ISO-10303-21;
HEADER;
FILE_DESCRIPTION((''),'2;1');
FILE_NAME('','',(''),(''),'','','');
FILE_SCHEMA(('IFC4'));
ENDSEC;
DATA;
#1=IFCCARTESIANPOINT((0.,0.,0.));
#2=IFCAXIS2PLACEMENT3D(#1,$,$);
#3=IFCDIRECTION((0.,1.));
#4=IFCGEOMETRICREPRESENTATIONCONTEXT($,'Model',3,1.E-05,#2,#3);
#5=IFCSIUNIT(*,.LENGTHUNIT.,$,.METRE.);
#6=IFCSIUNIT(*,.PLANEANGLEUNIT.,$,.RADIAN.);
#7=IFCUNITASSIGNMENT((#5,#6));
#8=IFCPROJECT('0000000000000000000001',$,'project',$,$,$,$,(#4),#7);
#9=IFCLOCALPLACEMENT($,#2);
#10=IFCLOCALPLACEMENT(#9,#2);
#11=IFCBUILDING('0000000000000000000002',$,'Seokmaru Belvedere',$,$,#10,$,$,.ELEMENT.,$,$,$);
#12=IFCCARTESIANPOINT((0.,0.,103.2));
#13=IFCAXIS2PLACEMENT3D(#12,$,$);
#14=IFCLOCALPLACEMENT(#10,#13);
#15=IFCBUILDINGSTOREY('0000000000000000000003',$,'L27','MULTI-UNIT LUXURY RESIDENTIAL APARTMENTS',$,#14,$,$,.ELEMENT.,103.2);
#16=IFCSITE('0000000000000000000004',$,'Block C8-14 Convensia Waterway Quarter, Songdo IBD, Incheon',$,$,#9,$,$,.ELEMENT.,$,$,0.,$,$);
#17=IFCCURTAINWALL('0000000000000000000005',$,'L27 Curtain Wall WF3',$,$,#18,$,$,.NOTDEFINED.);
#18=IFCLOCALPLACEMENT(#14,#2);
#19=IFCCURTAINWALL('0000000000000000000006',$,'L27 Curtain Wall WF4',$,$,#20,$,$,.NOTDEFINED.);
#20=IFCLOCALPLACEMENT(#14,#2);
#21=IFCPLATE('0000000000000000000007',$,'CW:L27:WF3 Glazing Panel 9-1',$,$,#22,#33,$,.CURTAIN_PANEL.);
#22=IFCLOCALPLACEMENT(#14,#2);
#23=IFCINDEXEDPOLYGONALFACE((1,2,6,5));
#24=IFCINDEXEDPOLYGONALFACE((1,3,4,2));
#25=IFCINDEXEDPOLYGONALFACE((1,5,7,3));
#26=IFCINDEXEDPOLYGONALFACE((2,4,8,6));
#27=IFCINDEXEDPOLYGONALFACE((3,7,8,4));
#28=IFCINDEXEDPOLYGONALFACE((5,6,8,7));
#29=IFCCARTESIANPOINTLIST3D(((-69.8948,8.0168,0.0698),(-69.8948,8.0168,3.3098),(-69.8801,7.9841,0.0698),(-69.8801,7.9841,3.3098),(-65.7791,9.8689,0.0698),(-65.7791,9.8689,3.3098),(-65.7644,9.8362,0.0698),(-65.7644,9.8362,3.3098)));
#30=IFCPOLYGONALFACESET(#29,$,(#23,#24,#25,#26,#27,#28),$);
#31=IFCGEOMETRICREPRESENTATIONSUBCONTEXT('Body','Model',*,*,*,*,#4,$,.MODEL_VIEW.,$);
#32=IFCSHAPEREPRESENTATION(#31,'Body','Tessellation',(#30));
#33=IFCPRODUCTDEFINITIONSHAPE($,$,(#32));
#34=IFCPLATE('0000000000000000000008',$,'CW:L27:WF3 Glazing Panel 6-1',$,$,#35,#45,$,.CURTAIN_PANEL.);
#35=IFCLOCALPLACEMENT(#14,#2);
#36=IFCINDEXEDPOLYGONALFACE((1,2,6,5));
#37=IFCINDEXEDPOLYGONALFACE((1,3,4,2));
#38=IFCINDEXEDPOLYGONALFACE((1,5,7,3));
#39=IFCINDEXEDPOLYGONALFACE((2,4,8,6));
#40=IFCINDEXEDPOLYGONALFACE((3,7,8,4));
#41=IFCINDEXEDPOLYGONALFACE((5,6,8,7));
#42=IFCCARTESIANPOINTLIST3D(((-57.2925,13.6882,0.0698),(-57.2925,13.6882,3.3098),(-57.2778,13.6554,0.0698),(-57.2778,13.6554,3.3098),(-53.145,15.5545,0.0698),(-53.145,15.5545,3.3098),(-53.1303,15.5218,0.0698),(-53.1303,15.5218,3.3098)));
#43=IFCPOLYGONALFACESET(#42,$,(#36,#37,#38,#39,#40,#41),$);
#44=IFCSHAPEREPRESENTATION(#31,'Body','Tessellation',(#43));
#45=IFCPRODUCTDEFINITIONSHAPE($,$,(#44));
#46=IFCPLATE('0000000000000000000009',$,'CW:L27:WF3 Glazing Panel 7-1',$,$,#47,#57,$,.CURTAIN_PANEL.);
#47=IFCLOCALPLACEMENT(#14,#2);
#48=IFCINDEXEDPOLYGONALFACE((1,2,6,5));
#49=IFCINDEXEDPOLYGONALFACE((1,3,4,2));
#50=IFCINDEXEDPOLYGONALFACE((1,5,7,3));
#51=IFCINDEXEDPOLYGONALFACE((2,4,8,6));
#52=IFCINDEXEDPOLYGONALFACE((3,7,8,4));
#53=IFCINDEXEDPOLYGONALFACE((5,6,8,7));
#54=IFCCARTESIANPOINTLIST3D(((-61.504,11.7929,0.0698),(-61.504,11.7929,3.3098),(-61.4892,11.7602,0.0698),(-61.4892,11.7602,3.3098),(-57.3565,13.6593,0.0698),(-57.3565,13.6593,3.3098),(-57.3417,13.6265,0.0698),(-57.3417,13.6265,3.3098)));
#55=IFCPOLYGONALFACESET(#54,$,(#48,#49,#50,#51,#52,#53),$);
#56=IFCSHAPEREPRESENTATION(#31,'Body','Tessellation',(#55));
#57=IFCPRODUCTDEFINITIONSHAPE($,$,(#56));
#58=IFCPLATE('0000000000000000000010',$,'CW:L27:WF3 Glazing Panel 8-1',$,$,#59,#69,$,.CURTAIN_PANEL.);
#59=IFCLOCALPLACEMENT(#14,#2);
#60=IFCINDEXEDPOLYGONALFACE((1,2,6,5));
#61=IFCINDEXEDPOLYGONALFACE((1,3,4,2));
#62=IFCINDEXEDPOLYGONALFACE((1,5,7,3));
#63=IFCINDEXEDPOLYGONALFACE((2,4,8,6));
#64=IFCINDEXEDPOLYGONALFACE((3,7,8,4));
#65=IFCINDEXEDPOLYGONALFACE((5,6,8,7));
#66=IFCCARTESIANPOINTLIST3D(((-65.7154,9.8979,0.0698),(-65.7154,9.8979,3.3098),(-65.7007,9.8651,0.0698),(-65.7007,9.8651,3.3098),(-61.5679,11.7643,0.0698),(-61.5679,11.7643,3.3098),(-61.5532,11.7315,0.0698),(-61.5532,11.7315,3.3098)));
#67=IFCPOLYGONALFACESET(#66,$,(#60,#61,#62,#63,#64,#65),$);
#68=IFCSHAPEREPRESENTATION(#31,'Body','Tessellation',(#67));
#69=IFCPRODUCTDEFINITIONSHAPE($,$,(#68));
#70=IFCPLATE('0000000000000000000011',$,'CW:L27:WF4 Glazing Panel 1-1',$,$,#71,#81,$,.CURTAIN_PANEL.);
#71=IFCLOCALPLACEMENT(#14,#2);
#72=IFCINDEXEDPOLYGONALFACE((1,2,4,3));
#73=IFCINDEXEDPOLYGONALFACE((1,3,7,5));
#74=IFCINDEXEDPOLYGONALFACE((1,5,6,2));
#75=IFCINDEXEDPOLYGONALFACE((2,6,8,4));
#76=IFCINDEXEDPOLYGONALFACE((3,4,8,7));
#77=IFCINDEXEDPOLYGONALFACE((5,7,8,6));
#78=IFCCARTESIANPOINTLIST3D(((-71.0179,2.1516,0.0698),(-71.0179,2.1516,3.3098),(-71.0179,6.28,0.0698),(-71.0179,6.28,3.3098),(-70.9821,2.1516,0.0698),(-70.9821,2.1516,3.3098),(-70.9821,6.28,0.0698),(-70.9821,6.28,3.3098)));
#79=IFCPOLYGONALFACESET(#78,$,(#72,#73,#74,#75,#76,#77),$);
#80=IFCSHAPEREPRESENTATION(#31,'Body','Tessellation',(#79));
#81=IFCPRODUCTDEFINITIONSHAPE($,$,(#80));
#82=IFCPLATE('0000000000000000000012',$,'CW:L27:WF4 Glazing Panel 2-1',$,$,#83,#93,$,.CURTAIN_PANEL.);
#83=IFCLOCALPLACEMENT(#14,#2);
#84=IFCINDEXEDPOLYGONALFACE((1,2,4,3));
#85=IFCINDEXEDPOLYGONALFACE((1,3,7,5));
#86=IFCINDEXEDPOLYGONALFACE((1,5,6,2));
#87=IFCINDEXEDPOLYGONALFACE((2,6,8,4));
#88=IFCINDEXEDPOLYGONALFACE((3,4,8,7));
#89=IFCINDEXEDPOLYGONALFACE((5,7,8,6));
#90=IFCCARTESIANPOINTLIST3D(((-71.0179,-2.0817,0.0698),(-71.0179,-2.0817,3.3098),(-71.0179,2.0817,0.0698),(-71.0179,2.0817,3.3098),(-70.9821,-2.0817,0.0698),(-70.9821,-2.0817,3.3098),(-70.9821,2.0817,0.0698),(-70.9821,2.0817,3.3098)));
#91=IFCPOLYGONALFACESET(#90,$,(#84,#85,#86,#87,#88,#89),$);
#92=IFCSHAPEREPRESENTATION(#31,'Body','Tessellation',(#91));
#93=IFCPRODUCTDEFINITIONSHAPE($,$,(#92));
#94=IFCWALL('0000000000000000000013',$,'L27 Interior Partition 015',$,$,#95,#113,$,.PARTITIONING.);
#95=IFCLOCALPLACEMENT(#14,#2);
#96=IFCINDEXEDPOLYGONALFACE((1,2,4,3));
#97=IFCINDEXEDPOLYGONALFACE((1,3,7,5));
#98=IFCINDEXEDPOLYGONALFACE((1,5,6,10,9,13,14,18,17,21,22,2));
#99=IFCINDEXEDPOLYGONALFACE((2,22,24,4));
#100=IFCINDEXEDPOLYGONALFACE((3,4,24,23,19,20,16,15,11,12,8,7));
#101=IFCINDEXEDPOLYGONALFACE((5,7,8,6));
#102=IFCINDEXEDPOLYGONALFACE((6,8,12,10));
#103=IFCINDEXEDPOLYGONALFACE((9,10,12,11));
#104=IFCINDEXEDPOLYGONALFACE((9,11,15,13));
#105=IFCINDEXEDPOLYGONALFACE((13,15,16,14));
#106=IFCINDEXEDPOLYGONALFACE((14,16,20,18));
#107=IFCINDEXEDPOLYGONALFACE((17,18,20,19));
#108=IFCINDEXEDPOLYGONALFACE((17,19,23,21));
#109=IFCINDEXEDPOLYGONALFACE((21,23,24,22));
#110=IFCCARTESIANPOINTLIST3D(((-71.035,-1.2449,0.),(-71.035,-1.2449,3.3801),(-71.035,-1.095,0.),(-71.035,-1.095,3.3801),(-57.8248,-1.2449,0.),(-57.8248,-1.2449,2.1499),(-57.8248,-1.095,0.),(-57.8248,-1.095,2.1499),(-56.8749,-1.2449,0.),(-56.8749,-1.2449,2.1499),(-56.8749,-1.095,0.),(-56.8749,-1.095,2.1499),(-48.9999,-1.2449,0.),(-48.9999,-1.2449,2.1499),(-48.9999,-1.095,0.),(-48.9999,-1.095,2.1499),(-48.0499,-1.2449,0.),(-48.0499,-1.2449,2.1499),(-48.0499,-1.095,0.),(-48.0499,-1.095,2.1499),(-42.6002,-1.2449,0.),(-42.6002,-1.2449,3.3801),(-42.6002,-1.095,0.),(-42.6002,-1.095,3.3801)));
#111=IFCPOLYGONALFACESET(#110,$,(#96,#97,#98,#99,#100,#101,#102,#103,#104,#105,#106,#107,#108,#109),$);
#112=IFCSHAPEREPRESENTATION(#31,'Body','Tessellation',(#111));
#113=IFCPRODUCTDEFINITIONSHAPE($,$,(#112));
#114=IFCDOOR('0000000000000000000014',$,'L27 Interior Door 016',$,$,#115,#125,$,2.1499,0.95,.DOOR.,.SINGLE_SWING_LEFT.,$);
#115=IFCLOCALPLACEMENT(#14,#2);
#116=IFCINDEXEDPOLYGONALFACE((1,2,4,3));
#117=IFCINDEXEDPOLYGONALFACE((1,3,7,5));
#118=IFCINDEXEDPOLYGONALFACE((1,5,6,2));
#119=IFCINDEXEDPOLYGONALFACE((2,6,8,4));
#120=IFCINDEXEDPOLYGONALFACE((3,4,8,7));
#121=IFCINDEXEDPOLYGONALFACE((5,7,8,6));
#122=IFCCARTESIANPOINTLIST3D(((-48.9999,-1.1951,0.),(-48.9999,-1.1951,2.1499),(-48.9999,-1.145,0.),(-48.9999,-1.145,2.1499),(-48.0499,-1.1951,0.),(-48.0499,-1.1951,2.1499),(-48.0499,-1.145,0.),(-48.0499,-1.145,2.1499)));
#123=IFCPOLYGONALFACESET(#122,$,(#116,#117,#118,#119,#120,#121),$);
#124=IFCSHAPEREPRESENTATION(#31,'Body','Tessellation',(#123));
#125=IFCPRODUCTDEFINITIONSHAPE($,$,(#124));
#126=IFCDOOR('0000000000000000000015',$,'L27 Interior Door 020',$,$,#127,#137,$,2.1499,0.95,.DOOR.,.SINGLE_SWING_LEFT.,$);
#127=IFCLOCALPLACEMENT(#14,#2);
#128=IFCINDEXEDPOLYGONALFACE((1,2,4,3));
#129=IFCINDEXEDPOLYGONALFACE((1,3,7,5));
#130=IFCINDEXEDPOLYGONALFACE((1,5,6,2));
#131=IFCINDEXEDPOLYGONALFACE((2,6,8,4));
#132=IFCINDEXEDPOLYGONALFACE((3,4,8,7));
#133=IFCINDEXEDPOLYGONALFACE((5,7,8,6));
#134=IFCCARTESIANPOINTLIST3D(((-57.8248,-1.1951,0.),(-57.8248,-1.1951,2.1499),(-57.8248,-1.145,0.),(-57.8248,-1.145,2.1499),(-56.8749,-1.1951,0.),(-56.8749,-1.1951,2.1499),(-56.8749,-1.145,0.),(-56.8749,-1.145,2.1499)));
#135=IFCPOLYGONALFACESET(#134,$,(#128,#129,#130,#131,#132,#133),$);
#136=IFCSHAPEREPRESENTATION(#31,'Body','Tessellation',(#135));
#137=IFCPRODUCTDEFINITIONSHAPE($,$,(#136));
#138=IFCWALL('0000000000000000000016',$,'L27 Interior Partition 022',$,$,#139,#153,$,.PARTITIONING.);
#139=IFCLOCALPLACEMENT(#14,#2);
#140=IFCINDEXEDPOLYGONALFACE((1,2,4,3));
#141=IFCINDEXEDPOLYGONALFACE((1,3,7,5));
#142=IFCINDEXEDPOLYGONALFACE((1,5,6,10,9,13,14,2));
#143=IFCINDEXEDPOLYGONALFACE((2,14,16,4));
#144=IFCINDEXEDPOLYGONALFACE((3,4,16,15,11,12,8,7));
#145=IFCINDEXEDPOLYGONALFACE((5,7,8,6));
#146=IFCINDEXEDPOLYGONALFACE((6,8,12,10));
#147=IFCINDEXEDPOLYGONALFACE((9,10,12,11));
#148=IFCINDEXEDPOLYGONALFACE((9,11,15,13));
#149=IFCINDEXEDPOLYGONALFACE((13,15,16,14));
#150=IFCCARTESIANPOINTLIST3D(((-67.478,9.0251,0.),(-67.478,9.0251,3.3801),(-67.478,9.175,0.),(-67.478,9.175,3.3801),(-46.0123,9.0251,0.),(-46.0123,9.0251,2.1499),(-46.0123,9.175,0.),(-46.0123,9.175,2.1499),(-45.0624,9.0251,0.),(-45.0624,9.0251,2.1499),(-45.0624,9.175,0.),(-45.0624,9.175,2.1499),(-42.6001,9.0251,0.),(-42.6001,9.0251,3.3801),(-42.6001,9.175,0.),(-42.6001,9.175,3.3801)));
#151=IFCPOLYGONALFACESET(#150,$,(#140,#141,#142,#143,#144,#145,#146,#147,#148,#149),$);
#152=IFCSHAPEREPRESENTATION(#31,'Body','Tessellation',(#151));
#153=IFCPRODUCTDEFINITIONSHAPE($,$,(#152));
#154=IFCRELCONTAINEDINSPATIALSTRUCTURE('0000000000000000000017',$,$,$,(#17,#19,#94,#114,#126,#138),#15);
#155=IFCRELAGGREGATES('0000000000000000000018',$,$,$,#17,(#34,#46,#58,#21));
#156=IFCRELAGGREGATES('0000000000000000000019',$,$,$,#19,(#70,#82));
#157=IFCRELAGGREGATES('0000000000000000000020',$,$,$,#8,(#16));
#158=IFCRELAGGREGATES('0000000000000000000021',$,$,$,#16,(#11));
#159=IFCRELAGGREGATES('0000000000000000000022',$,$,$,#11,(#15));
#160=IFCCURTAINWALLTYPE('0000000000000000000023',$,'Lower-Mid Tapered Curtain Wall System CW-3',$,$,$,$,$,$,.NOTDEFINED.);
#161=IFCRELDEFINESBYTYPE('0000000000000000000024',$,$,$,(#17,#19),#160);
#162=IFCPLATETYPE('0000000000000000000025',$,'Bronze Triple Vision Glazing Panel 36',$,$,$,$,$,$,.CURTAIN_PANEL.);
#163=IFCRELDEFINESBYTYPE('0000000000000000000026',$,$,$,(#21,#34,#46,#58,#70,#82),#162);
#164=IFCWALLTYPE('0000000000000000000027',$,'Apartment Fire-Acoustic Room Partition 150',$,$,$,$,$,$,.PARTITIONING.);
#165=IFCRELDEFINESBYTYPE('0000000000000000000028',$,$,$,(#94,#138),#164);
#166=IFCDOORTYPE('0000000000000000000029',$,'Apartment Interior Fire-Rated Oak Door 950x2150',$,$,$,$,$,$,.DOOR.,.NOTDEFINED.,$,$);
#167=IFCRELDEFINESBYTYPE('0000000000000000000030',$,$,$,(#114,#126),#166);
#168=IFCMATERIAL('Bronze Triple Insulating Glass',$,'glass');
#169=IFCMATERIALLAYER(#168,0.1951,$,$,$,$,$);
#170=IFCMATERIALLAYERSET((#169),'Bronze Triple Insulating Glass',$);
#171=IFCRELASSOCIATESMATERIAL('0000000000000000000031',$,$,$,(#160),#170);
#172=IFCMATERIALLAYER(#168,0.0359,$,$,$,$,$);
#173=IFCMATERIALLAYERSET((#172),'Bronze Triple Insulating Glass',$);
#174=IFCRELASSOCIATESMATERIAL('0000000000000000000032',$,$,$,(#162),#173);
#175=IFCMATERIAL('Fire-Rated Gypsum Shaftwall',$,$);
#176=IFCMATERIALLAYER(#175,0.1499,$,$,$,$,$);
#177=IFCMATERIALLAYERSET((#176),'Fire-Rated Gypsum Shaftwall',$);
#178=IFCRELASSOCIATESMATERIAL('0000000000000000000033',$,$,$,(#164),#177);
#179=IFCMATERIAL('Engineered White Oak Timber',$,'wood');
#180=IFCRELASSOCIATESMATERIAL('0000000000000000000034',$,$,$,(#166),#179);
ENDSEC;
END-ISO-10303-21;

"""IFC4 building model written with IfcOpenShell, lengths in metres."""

from ifc_helpers import new_model, si_unit, direction, frame, frame_2d, origin, origin_2d, place, context, subcontext, project, spatial, rectangle, extrude, source, transform, mapped, material, layer, layer_set, type_object, type_shapes, element, fill, aggregate, save


model = new_model("IFC4")

# Units and contexts
model_context = context("Model", 3, precision=1e-05, world=origin(), true_north=direction((0.0, 1.0)))
body_context = subcontext(model_context, "Body", "Model", "MODEL_VIEW")
ifc_project = project(units=[si_unit("LENGTHUNIT", "METRE"), si_unit("PLANEANGLEUNIT", "RADIAN")], contexts=[model_context])

# Site, building, storey
site_placement = place(None, origin())
site = spatial("IfcSite", under=ifc_project, at=site_placement, Name="Block C8-14 Convensia Waterway Quarter, Songdo IBD, Incheon", CompositionType="ELEMENT", RefElevation=0.0)
building_placement = place(site_placement, origin())
building = spatial("IfcBuilding", under=site, at=building_placement, Name="Seokmaru Belvedere", CompositionType="ELEMENT")
storey_placement = place(building_placement, frame((0.0, 0.0, 103.2)))
storey = spatial("IfcBuildingStorey", under=building, at=storey_placement, Name="L27", Description="MULTI-UNIT LUXURY RESIDENTIAL APARTMENTS", CompositionType="ELEMENT", Elevation=103.2)

# Curtain walls
ifc_material_1 = material(Name="Bronze Triple Insulating Glass", Category="glass")
ifc_layer_1 = layer(ifc_material_1, 0.1951)
ifc_layer_set_1 = layer_set([ifc_layer_1], Name="Bronze Triple Insulating Glass")
curtain_wall_type = type_object("IfcCurtainWallType", Name="Lower-Mid Tapered Curtain Wall System CW-3", PredefinedType="NOTDEFINED", material=ifc_layer_set_1)
curtain_wall_1_placement = place(storey_placement, origin())
curtain_wall_1 = element("IfcCurtainWall", 1, at=curtain_wall_1_placement, inside=storey, type_object=curtain_wall_type, Name="L27 Curtain Wall WF3", PredefinedType="NOTDEFINED")
curtain_wall_2_placement = place(storey_placement, origin())
curtain_wall_2 = element("IfcCurtainWall", 2, at=curtain_wall_2_placement, inside=storey, type_object=curtain_wall_type, Name="L27 Curtain Wall WF4", PredefinedType="NOTDEFINED")

# Plates
ifc_layer_2 = layer(ifc_material_1, 0.0359)
ifc_layer_set_2 = layer_set([ifc_layer_2], Name="Bronze Triple Insulating Glass")
plate_type = type_object("IfcPlateType", Name="Bronze Triple Vision Glazing Panel 36", PredefinedType="CURTAIN_PANEL", material=ifc_layer_set_2)
shared_shape_1 = source(origin(), body_context, "Body", "SweptSolid", [
    extrude(rectangle(XDim=4.5132, YDim=0.0359, at=origin_2d()), origin(), (0.0, 0.0, 1.0), 3.24),
])
plate_1_placement = place(storey_placement, frame((-67.8296, 8.9265, 0.0698), z_axis=(0.0, 0.0, 1.0), x_axis=(-0.911921, -0.410366, 0.0)))
plate_1 = element("IfcPlate", 3, at=plate_1_placement, type_object=plate_type, Name="CW:L27:WF3 Glazing Panel 9-1", PredefinedType="CURTAIN_PANEL", context=body_context, shape_type="MappedRepresentation", body=[
    mapped(shared_shape_1, transform((0.0, 0.0, 0.0), scale=1.0)),
])
shared_shape_2 = source(origin(), body_context, "Body", "SweptSolid", [
    extrude(rectangle(XDim=4.5481, YDim=0.0359, at=origin_2d()), origin(), (0.0, 0.0, 1.0), 3.24),
])
plate_2_placement = place(storey_placement, frame((-55.2114, 14.605, 0.0698), z_axis=(0.0, 0.0, 1.0), x_axis=(-0.911921, -0.410366, 0.0)))
plate_2 = element("IfcPlate", 4, at=plate_2_placement, type_object=plate_type, Name="CW:L27:WF3 Glazing Panel 6-1", PredefinedType="CURTAIN_PANEL", context=body_context, shape_type="MappedRepresentation", body=[
    mapped(shared_shape_2, transform((0.0, 0.0, 0.0), scale=1.0)),
])
plate_3_placement = place(storey_placement, frame((-59.4229, 12.7097, 0.0698), z_axis=(0.0, 0.0, 1.0), x_axis=(-0.911921, -0.410366, 0.0)))
plate_3 = element("IfcPlate", 5, at=plate_3_placement, type_object=plate_type, Name="CW:L27:WF3 Glazing Panel 7-1", PredefinedType="CURTAIN_PANEL", context=body_context, shape_type="MappedRepresentation", body=[
    mapped(shared_shape_2, transform((0.0, 0.0, 0.0), scale=1.0)),
])
plate_4_placement = place(storey_placement, frame((-63.6343, 10.8147, 0.0698), z_axis=(0.0, 0.0, 1.0), x_axis=(-0.911921, -0.410366, 0.0)))
plate_4 = element("IfcPlate", 6, at=plate_4_placement, type_object=plate_type, Name="CW:L27:WF3 Glazing Panel 8-1", PredefinedType="CURTAIN_PANEL", context=body_context, shape_type="MappedRepresentation", body=[
    mapped(shared_shape_2, transform((0.0, 0.0, 0.0), scale=1.0)),
])
aggregate(curtain_wall_1, [plate_2, plate_3, plate_4, plate_1])
shared_shape_3 = source(origin(), body_context, "Body", "SweptSolid", [
    extrude(rectangle(XDim=4.1284, YDim=0.0359, at=origin_2d()), origin(), (0.0, 0.0, 1.0), 3.24),
])
plate_5_placement = place(storey_placement, frame((-71.0, 4.2158, 0.0698), z_axis=(0.0, 0.0, 1.0), x_axis=(0.0, -1.0, 0.0)))
plate_5 = element("IfcPlate", 7, at=plate_5_placement, type_object=plate_type, Name="CW:L27:WF4 Glazing Panel 1-1", PredefinedType="CURTAIN_PANEL", context=body_context, shape_type="MappedRepresentation", body=[
    mapped(shared_shape_3, transform((0.0, 0.0, 0.0), scale=1.0)),
])
shared_shape_4 = source(origin(), body_context, "Body", "SweptSolid", [
    extrude(rectangle(XDim=4.1633, YDim=0.0359, at=origin_2d()), origin(), (0.0, 0.0, 1.0), 3.24),
])
type_shapes(plate_type, [shared_shape_1, shared_shape_2, shared_shape_3, shared_shape_4])
plate_6_placement = place(storey_placement, frame((-71.0, 0.0, 0.0698), z_axis=(0.0, 0.0, 1.0), x_axis=(0.0, -1.0, 0.0)))
plate_6 = element("IfcPlate", 8, at=plate_6_placement, type_object=plate_type, Name="CW:L27:WF4 Glazing Panel 2-1", PredefinedType="CURTAIN_PANEL", context=body_context, shape_type="MappedRepresentation", body=[
    mapped(shared_shape_4, transform((0.0, 0.0, 0.0), scale=1.0)),
])
aggregate(curtain_wall_2, [plate_5, plate_6])

# Wall, openings, doors
ifc_material_2 = material(Name="Fire-Rated Gypsum Shaftwall")
ifc_layer_3 = layer(ifc_material_2, 0.1499)
ifc_layer_set_3 = layer_set([ifc_layer_3], Name="Fire-Rated Gypsum Shaftwall")
wall_type_1 = type_object("IfcWallType", Name="Apartment Fire-Acoustic Room Partition 150", PredefinedType="PARTITIONING", material=ifc_layer_set_3)
wall_1_placement = place(storey_placement, frame((-71.0349, -1.1699, 0.0), z_axis=(0.0, 0.0, 1.0), x_axis=(1.0, 0.0, 0.0)))
wall_1 = element("IfcWall", 9, at=wall_1_placement, inside=storey, type_object=wall_type_1, Name="L27 Interior Partition 015", PredefinedType="PARTITIONING", context=body_context, shape_type="SweptSolid", body=[
    extrude(rectangle(XDim=28.4348, YDim=0.1499, at=frame_2d((14.2173, 0.0))), origin(), (0.0, 0.0, 1.0), 3.3801),
])
opening_1_placement = place(wall_1_placement, frame((22.0349, 0.0, 0.0)))
opening_1 = element("IfcOpeningElement", 10, at=opening_1_placement, cuts=wall_1, PredefinedType="OPENING", context=body_context, shape_type="SweptSolid", body=[
    extrude(rectangle(XDim=0.95, YDim=2.1499, at=frame_2d((0.4751, 1.075))), frame((0.0, 0.085, 0.0), z_axis=(0.0, -1.0, 0.0), x_axis=(1.0, 0.0, 0.0)), (0.0, 0.0, 1.0), 0.1699),
])
opening_2_placement = place(wall_1_placement, frame((13.21, 0.0, 0.0)))
opening_2 = element("IfcOpeningElement", 11, at=opening_2_placement, cuts=wall_1, PredefinedType="OPENING", context=body_context, shape_type="SweptSolid", body=[
    extrude(rectangle(XDim=0.95, YDim=2.1499, at=frame_2d((0.4751, 1.075))), frame((0.0, 0.085, 0.0), z_axis=(0.0, -1.0, 0.0), x_axis=(1.0, 0.0, 0.0)), (0.0, 0.0, 1.0), 0.1699),
])
ifc_material_3 = material(Name="Engineered White Oak Timber", Category="wood")
door_type = type_object("IfcDoorType", Name="Apartment Interior Fire-Rated Oak Door 950x2150", OperationType="NOTDEFINED", PredefinedType="DOOR", material=ifc_material_3)
shared_shape_5 = source(origin(), body_context, "Body", "SweptSolid", [
    extrude(rectangle(XDim=0.95, YDim=2.1499, at=frame_2d((0.4751, 1.075))), frame((0.0, 0.0249, 0.0), z_axis=(0.0, -1.0, 0.0), x_axis=(1.0, 0.0, 0.0)), (0.0, 0.0, 1.0), 0.05),
])
type_shapes(door_type, [shared_shape_5])
door_1_placement = place(opening_1_placement, origin())
door_1 = element("IfcDoor", 12, at=door_1_placement, inside=storey, type_object=door_type, Name="L27 Interior Door 016", OperationType="SINGLE_SWING_LEFT", OverallHeight=2.1499, OverallWidth=0.95, PredefinedType="DOOR", context=body_context, shape_type="MappedRepresentation", body=[
    mapped(shared_shape_5, transform((0.0, 0.0, 0.0), scale=1.0)),
])
fill(opening_1, door_1)
door_2_placement = place(opening_2_placement, origin())
door_2 = element("IfcDoor", 13, at=door_2_placement, inside=storey, type_object=door_type, Name="L27 Interior Door 020", OperationType="SINGLE_SWING_LEFT", OverallHeight=2.1499, OverallWidth=0.95, PredefinedType="DOOR", context=body_context, shape_type="MappedRepresentation", body=[
    mapped(shared_shape_5, transform((0.0, 0.0, 0.0), scale=1.0)),
])
fill(opening_2, door_2)

# Wall, opening
wall_2_placement = place(storey_placement, frame((-67.478, 9.1001, 0.0), z_axis=(0.0, 0.0, 1.0), x_axis=(1.0, 0.0, 0.0)))
wall_2 = element("IfcWall", 14, at=wall_2_placement, inside=storey, type_object=wall_type_1, Name="L27 Interior Partition 022", PredefinedType="PARTITIONING", context=body_context, shape_type="SweptSolid", body=[
    extrude(rectangle(XDim=24.8779, YDim=0.1499, at=frame_2d((12.439, 0.0))), origin(), (0.0, 0.0, 1.0), 3.3801),
])
opening_3_placement = place(wall_2_placement, frame((21.4656, 0.0, 0.0)))
element("IfcOpeningElement", 15, at=opening_3_placement, cuts=wall_2, PredefinedType="OPENING", context=body_context, shape_type="SweptSolid", body=[
    extrude(rectangle(XDim=0.95, YDim=2.1499, at=frame_2d((0.4751, 1.075))), frame((0.0, 0.085, 0.0), z_axis=(0.0, -1.0, 0.0), x_axis=(1.0, 0.0, 0.0)), (0.0, 0.0, 1.0), 0.1699),
])

save(model, "model.ifc")
